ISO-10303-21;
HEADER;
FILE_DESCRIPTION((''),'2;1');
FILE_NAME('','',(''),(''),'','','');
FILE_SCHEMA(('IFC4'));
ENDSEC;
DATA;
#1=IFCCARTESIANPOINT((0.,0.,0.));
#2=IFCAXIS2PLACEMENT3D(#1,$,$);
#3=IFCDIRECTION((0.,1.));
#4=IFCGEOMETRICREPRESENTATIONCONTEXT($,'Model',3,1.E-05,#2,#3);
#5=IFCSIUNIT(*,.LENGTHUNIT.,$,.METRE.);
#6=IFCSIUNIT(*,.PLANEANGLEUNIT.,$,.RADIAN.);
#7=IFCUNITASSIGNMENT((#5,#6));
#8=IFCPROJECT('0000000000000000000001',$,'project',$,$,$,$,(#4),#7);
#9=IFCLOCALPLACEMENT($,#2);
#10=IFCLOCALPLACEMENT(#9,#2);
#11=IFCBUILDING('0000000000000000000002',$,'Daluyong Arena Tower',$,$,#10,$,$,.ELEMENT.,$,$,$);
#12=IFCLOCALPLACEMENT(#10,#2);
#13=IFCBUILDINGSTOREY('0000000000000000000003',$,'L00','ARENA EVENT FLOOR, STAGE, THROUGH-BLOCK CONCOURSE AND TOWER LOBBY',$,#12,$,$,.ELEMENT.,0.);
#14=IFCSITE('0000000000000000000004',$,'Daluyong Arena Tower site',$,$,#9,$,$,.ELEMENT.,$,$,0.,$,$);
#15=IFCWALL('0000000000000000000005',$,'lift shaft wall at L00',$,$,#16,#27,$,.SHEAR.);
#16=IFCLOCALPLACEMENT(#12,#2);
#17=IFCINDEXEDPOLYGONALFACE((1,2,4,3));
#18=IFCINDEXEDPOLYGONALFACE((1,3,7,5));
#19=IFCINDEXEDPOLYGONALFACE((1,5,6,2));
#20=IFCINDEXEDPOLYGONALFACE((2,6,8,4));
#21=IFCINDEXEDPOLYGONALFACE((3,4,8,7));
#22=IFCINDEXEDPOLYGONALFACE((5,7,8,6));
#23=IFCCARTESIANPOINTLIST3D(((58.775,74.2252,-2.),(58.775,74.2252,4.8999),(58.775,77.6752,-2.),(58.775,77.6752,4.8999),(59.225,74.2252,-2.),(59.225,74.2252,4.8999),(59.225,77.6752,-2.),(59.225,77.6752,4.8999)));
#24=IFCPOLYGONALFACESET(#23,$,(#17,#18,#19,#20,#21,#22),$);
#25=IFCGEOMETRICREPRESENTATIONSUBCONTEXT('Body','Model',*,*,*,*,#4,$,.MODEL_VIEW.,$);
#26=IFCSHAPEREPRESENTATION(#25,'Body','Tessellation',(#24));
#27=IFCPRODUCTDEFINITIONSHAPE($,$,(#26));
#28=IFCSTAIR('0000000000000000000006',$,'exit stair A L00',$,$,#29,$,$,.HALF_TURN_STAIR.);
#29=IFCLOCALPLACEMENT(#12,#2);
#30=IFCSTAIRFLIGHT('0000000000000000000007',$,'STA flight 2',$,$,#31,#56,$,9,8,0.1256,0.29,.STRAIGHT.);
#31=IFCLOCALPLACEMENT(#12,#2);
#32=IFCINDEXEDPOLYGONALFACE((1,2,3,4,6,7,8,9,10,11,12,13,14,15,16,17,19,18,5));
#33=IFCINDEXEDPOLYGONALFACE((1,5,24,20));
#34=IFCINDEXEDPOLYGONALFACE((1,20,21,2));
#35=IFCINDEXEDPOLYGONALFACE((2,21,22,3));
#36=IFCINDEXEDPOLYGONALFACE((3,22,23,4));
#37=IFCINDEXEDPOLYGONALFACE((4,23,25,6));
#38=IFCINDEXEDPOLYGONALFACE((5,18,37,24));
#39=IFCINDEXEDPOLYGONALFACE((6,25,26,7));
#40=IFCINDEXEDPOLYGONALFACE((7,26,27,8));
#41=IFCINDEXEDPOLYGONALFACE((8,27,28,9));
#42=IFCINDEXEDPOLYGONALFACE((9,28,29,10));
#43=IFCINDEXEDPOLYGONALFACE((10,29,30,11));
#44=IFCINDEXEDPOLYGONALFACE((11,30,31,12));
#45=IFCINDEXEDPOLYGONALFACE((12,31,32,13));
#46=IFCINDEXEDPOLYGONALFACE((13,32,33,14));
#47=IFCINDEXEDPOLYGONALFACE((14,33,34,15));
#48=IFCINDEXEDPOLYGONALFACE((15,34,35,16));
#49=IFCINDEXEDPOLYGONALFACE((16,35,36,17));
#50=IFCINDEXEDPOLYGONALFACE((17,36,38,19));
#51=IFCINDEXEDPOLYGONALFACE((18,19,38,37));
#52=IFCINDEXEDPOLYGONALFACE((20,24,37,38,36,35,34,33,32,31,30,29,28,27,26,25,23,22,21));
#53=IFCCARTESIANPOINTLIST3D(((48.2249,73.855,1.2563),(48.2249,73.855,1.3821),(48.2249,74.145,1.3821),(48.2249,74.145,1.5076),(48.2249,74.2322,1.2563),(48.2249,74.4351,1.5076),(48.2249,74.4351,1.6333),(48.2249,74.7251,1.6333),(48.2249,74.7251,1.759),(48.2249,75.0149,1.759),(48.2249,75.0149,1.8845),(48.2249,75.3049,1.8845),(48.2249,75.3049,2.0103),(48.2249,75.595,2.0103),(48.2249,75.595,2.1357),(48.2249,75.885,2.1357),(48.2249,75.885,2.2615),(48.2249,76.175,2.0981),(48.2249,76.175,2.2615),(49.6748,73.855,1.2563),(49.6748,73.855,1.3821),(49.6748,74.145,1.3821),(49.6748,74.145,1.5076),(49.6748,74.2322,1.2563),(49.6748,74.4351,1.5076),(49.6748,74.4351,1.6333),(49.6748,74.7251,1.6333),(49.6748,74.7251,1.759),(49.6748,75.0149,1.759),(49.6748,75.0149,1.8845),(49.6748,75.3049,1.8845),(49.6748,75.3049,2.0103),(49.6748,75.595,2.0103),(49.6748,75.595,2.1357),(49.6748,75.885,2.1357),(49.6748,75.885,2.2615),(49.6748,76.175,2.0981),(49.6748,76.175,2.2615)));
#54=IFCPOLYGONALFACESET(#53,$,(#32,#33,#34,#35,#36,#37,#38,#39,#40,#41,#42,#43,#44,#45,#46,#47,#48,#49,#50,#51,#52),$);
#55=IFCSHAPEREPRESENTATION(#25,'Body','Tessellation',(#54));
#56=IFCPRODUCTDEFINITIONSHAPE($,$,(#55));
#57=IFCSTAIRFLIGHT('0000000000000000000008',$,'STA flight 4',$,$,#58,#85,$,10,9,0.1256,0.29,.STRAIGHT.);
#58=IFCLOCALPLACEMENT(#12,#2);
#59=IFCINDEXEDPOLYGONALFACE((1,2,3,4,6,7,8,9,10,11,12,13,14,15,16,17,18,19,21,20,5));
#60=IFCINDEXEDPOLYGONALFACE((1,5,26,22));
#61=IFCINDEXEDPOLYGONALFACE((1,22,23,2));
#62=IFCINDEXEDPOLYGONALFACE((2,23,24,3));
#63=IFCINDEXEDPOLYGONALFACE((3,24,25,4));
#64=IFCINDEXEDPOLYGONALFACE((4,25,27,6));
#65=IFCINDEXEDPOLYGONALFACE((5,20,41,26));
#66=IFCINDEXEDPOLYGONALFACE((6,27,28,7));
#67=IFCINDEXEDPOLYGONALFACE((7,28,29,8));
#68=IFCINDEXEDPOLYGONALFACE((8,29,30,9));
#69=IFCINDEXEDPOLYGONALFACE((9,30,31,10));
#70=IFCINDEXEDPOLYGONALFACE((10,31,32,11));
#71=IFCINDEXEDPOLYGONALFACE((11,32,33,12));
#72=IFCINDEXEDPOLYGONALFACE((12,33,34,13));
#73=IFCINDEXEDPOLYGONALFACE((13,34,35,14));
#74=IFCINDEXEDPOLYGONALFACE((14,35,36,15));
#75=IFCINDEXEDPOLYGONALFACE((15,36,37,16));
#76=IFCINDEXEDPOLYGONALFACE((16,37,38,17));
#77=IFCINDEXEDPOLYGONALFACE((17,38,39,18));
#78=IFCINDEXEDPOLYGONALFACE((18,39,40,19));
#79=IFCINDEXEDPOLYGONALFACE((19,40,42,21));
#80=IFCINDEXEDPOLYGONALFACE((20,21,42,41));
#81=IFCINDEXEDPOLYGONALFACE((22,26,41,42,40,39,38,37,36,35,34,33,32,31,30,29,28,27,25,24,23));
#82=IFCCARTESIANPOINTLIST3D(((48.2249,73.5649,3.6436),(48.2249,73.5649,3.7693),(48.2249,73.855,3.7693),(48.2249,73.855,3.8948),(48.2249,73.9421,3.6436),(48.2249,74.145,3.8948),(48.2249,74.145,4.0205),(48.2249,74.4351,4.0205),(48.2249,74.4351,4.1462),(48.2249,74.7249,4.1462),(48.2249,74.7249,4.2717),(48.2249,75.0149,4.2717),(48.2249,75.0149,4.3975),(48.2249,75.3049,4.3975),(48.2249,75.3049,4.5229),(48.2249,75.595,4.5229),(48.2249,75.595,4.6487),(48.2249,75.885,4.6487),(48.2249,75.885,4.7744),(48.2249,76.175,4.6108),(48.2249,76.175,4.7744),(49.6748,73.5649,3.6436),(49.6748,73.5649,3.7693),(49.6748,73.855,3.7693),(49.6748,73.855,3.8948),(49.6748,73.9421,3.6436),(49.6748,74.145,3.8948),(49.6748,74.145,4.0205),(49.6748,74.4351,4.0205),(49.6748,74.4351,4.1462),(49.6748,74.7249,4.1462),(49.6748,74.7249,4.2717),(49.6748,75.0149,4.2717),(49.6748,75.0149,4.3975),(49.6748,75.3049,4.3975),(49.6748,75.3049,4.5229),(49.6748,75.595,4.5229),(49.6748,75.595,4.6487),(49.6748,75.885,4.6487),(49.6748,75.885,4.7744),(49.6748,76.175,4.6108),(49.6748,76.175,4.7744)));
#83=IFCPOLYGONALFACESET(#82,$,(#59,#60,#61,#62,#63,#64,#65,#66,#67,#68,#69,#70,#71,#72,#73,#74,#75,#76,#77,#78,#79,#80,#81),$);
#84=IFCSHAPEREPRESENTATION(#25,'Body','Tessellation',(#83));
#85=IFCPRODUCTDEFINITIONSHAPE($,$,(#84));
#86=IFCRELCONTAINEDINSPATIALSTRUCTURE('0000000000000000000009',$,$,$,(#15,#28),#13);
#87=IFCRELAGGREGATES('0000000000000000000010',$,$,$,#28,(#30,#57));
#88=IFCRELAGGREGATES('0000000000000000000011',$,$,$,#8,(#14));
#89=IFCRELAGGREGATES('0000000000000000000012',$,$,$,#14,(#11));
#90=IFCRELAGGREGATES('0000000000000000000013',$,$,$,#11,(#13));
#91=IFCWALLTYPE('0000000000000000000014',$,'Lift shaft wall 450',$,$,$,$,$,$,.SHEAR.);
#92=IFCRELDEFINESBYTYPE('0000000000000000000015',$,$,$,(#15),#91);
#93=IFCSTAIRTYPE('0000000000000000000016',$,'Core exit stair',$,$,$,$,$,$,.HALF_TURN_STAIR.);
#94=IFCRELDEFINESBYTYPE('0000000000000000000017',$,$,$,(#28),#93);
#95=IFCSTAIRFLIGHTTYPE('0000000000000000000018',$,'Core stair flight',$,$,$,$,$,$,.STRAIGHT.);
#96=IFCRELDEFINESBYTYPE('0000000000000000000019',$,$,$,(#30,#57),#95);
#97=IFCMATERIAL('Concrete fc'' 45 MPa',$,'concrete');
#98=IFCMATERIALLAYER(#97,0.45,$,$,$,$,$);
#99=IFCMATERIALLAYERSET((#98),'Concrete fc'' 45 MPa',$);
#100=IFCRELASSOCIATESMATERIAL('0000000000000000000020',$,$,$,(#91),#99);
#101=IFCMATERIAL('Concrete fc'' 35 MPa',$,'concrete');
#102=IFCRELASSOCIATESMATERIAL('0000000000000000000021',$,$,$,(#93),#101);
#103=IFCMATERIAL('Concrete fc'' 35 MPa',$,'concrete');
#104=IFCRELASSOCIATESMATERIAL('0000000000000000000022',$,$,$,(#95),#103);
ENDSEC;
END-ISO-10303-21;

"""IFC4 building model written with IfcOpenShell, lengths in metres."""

from ifc_helpers import new_model, si_unit, direction, frame, frame_2d, origin, place, context, subcontext, project, spatial, polyline, rectangle, outline, extrude, material, layer, layer_set, type_object, element, aggregate, save


model = new_model("IFC4")

# Units and contexts
model_context = context("Model", 3, precision=1e-05, world=origin(), true_north=direction((0.0, 1.0)))
body_context = subcontext(model_context, "Body", "Model", "MODEL_VIEW")
ifc_project = project(units=[si_unit("LENGTHUNIT", "METRE"), si_unit("PLANEANGLEUNIT", "RADIAN")], contexts=[model_context])

# Site, building, storey
site_placement = place(None, origin())
site = spatial("IfcSite", under=ifc_project, at=site_placement, Name="Daluyong Arena Tower site", CompositionType="ELEMENT", RefElevation=0.0)
building_placement = place(site_placement, origin())
building = spatial("IfcBuilding", under=site, at=building_placement, Name="Daluyong Arena Tower", CompositionType="ELEMENT")
storey_placement = place(building_placement, origin())
storey = spatial("IfcBuildingStorey", under=building, at=storey_placement, Name="L00", Description="ARENA EVENT FLOOR, STAGE, THROUGH-BLOCK CONCOURSE AND TOWER LOBBY", CompositionType="ELEMENT", Elevation=0.0)

# Wall
ifc_material_1 = material(Name="Concrete fc' 45 MPa", Category="concrete")
ifc_layer = layer(ifc_material_1, 0.45)
ifc_layer_set = layer_set([ifc_layer], Name="Concrete fc' 45 MPa")
wall_type = type_object("IfcWallType", Name="Lift shaft wall 450", PredefinedType="SHEAR", material=ifc_layer_set)
for number, where, z_axis, x_axis, name in (
    (1, (59.0, 74.2251, -2.0), (0.0, 0.0, 1.0), (0.0, 1.0, 0.0), "lift shaft wall at L00"),
):
    element("IfcWall", number, at=place(storey_placement, frame(where, z_axis=z_axis, x_axis=x_axis)), inside=storey, type_object=wall_type, Name=name, PredefinedType="SHEAR", context=body_context, shape_type="SweptSolid", body=[
        extrude(rectangle(XDim=3.45, YDim=0.45, at=frame_2d((1.7251, 0.0))), origin(), (0.0, 0.0, 1.0), 6.8999),
    ])

# Stair, stair flights
ifc_material_2 = material(Name="Concrete fc' 35 MPa", Category="concrete")
stair_type = type_object("IfcStairType", Name="Core exit stair", PredefinedType="HALF_TURN_STAIR", material=ifc_material_2)
stair_placement = place(storey_placement, origin())
stair = element("IfcStair", 2, at=stair_placement, inside=storey, type_object=stair_type, Name="exit stair A L00", PredefinedType="HALF_TURN_STAIR")
ifc_material_3 = material(Name="Concrete fc' 35 MPa", Category="concrete")
stair_flight_type = type_object("IfcStairFlightType", Name="Core stair flight", PredefinedType="STRAIGHT", material=ifc_material_3)
stair_flight_1_placement = place(storey_placement, frame((48.95, 73.855, 1.2563), z_axis=(0.0, 0.0, 1.0), x_axis=(0.0, 1.0, 0.0)))
stair_flight_1 = element("IfcStairFlight", 3, at=stair_flight_1_placement, type_object=stair_flight_type, Name="STA flight 2", NumberOfRisers=9, NumberOfTreads=8, PredefinedType="STRAIGHT", RiserHeight=0.1256, TreadLength=0.29, context=body_context, shape_type="SweptSolid", body=[
    extrude(outline(polyline([(0.0, 0.0), (0.0, 0.1257), (0.29, 0.1257), (0.29, 0.2512), (0.5801, 0.2512), (0.5801, 0.377), (0.8701, 0.377), (0.8701, 0.5027), (1.1599, 0.5027), (1.1599, 0.6282), (1.45, 0.6282), (1.45, 0.7539), (1.74, 0.7539), (1.74, 0.8794), (2.03, 0.8794), (2.03, 1.0051), (2.3201, 1.0051), (2.3201, 1.1309), (2.3201, 0.8418), (0.3772, 0.0), (0.0, 0.0)])), frame((0.0, 0.7251, 0.0), z_axis=(0.0, -1.0, 0.0), x_axis=(1.0, 0.0, 0.0)), (0.0, 0.0, 1.0), 1.45),
])
stair_flight_2_placement = place(storey_placement, frame((48.95, 73.5649, 3.6436), z_axis=(0.0, 0.0, 1.0), x_axis=(0.0, 1.0, 0.0)))
stair_flight_2 = element("IfcStairFlight", 4, at=stair_flight_2_placement, type_object=stair_flight_type, Name="STA flight 4", NumberOfRisers=10, NumberOfTreads=9, PredefinedType="STRAIGHT", RiserHeight=0.1256, TreadLength=0.29, context=body_context, shape_type="SweptSolid", body=[
    extrude(outline(polyline([(0.0, 0.0), (0.0, 0.1257), (0.29, 0.1257), (0.29, 0.2512), (0.5801, 0.2512), (0.5801, 0.377), (0.8701, 0.377), (0.8701, 0.5027), (1.1599, 0.5027), (1.1599, 0.6282), (1.45, 0.6282), (1.45, 0.7539), (1.74, 0.7539), (1.74, 0.8794), (2.03, 0.8794), (2.03, 1.0051), (2.3201, 1.0051), (2.3201, 1.1309), (2.6101, 1.1309), (2.6101, 1.2563), (2.6101, 0.9673), (0.3772, 0.0), (0.0, 0.0)])), frame((0.0, 0.7251, 0.0), z_axis=(0.0, -1.0, 0.0), x_axis=(1.0, 0.0, 0.0)), (0.0, 0.0, 1.0), 1.45),
])
aggregate(stair, [stair_flight_1, stair_flight_2])

save(model, "model.ifc")
